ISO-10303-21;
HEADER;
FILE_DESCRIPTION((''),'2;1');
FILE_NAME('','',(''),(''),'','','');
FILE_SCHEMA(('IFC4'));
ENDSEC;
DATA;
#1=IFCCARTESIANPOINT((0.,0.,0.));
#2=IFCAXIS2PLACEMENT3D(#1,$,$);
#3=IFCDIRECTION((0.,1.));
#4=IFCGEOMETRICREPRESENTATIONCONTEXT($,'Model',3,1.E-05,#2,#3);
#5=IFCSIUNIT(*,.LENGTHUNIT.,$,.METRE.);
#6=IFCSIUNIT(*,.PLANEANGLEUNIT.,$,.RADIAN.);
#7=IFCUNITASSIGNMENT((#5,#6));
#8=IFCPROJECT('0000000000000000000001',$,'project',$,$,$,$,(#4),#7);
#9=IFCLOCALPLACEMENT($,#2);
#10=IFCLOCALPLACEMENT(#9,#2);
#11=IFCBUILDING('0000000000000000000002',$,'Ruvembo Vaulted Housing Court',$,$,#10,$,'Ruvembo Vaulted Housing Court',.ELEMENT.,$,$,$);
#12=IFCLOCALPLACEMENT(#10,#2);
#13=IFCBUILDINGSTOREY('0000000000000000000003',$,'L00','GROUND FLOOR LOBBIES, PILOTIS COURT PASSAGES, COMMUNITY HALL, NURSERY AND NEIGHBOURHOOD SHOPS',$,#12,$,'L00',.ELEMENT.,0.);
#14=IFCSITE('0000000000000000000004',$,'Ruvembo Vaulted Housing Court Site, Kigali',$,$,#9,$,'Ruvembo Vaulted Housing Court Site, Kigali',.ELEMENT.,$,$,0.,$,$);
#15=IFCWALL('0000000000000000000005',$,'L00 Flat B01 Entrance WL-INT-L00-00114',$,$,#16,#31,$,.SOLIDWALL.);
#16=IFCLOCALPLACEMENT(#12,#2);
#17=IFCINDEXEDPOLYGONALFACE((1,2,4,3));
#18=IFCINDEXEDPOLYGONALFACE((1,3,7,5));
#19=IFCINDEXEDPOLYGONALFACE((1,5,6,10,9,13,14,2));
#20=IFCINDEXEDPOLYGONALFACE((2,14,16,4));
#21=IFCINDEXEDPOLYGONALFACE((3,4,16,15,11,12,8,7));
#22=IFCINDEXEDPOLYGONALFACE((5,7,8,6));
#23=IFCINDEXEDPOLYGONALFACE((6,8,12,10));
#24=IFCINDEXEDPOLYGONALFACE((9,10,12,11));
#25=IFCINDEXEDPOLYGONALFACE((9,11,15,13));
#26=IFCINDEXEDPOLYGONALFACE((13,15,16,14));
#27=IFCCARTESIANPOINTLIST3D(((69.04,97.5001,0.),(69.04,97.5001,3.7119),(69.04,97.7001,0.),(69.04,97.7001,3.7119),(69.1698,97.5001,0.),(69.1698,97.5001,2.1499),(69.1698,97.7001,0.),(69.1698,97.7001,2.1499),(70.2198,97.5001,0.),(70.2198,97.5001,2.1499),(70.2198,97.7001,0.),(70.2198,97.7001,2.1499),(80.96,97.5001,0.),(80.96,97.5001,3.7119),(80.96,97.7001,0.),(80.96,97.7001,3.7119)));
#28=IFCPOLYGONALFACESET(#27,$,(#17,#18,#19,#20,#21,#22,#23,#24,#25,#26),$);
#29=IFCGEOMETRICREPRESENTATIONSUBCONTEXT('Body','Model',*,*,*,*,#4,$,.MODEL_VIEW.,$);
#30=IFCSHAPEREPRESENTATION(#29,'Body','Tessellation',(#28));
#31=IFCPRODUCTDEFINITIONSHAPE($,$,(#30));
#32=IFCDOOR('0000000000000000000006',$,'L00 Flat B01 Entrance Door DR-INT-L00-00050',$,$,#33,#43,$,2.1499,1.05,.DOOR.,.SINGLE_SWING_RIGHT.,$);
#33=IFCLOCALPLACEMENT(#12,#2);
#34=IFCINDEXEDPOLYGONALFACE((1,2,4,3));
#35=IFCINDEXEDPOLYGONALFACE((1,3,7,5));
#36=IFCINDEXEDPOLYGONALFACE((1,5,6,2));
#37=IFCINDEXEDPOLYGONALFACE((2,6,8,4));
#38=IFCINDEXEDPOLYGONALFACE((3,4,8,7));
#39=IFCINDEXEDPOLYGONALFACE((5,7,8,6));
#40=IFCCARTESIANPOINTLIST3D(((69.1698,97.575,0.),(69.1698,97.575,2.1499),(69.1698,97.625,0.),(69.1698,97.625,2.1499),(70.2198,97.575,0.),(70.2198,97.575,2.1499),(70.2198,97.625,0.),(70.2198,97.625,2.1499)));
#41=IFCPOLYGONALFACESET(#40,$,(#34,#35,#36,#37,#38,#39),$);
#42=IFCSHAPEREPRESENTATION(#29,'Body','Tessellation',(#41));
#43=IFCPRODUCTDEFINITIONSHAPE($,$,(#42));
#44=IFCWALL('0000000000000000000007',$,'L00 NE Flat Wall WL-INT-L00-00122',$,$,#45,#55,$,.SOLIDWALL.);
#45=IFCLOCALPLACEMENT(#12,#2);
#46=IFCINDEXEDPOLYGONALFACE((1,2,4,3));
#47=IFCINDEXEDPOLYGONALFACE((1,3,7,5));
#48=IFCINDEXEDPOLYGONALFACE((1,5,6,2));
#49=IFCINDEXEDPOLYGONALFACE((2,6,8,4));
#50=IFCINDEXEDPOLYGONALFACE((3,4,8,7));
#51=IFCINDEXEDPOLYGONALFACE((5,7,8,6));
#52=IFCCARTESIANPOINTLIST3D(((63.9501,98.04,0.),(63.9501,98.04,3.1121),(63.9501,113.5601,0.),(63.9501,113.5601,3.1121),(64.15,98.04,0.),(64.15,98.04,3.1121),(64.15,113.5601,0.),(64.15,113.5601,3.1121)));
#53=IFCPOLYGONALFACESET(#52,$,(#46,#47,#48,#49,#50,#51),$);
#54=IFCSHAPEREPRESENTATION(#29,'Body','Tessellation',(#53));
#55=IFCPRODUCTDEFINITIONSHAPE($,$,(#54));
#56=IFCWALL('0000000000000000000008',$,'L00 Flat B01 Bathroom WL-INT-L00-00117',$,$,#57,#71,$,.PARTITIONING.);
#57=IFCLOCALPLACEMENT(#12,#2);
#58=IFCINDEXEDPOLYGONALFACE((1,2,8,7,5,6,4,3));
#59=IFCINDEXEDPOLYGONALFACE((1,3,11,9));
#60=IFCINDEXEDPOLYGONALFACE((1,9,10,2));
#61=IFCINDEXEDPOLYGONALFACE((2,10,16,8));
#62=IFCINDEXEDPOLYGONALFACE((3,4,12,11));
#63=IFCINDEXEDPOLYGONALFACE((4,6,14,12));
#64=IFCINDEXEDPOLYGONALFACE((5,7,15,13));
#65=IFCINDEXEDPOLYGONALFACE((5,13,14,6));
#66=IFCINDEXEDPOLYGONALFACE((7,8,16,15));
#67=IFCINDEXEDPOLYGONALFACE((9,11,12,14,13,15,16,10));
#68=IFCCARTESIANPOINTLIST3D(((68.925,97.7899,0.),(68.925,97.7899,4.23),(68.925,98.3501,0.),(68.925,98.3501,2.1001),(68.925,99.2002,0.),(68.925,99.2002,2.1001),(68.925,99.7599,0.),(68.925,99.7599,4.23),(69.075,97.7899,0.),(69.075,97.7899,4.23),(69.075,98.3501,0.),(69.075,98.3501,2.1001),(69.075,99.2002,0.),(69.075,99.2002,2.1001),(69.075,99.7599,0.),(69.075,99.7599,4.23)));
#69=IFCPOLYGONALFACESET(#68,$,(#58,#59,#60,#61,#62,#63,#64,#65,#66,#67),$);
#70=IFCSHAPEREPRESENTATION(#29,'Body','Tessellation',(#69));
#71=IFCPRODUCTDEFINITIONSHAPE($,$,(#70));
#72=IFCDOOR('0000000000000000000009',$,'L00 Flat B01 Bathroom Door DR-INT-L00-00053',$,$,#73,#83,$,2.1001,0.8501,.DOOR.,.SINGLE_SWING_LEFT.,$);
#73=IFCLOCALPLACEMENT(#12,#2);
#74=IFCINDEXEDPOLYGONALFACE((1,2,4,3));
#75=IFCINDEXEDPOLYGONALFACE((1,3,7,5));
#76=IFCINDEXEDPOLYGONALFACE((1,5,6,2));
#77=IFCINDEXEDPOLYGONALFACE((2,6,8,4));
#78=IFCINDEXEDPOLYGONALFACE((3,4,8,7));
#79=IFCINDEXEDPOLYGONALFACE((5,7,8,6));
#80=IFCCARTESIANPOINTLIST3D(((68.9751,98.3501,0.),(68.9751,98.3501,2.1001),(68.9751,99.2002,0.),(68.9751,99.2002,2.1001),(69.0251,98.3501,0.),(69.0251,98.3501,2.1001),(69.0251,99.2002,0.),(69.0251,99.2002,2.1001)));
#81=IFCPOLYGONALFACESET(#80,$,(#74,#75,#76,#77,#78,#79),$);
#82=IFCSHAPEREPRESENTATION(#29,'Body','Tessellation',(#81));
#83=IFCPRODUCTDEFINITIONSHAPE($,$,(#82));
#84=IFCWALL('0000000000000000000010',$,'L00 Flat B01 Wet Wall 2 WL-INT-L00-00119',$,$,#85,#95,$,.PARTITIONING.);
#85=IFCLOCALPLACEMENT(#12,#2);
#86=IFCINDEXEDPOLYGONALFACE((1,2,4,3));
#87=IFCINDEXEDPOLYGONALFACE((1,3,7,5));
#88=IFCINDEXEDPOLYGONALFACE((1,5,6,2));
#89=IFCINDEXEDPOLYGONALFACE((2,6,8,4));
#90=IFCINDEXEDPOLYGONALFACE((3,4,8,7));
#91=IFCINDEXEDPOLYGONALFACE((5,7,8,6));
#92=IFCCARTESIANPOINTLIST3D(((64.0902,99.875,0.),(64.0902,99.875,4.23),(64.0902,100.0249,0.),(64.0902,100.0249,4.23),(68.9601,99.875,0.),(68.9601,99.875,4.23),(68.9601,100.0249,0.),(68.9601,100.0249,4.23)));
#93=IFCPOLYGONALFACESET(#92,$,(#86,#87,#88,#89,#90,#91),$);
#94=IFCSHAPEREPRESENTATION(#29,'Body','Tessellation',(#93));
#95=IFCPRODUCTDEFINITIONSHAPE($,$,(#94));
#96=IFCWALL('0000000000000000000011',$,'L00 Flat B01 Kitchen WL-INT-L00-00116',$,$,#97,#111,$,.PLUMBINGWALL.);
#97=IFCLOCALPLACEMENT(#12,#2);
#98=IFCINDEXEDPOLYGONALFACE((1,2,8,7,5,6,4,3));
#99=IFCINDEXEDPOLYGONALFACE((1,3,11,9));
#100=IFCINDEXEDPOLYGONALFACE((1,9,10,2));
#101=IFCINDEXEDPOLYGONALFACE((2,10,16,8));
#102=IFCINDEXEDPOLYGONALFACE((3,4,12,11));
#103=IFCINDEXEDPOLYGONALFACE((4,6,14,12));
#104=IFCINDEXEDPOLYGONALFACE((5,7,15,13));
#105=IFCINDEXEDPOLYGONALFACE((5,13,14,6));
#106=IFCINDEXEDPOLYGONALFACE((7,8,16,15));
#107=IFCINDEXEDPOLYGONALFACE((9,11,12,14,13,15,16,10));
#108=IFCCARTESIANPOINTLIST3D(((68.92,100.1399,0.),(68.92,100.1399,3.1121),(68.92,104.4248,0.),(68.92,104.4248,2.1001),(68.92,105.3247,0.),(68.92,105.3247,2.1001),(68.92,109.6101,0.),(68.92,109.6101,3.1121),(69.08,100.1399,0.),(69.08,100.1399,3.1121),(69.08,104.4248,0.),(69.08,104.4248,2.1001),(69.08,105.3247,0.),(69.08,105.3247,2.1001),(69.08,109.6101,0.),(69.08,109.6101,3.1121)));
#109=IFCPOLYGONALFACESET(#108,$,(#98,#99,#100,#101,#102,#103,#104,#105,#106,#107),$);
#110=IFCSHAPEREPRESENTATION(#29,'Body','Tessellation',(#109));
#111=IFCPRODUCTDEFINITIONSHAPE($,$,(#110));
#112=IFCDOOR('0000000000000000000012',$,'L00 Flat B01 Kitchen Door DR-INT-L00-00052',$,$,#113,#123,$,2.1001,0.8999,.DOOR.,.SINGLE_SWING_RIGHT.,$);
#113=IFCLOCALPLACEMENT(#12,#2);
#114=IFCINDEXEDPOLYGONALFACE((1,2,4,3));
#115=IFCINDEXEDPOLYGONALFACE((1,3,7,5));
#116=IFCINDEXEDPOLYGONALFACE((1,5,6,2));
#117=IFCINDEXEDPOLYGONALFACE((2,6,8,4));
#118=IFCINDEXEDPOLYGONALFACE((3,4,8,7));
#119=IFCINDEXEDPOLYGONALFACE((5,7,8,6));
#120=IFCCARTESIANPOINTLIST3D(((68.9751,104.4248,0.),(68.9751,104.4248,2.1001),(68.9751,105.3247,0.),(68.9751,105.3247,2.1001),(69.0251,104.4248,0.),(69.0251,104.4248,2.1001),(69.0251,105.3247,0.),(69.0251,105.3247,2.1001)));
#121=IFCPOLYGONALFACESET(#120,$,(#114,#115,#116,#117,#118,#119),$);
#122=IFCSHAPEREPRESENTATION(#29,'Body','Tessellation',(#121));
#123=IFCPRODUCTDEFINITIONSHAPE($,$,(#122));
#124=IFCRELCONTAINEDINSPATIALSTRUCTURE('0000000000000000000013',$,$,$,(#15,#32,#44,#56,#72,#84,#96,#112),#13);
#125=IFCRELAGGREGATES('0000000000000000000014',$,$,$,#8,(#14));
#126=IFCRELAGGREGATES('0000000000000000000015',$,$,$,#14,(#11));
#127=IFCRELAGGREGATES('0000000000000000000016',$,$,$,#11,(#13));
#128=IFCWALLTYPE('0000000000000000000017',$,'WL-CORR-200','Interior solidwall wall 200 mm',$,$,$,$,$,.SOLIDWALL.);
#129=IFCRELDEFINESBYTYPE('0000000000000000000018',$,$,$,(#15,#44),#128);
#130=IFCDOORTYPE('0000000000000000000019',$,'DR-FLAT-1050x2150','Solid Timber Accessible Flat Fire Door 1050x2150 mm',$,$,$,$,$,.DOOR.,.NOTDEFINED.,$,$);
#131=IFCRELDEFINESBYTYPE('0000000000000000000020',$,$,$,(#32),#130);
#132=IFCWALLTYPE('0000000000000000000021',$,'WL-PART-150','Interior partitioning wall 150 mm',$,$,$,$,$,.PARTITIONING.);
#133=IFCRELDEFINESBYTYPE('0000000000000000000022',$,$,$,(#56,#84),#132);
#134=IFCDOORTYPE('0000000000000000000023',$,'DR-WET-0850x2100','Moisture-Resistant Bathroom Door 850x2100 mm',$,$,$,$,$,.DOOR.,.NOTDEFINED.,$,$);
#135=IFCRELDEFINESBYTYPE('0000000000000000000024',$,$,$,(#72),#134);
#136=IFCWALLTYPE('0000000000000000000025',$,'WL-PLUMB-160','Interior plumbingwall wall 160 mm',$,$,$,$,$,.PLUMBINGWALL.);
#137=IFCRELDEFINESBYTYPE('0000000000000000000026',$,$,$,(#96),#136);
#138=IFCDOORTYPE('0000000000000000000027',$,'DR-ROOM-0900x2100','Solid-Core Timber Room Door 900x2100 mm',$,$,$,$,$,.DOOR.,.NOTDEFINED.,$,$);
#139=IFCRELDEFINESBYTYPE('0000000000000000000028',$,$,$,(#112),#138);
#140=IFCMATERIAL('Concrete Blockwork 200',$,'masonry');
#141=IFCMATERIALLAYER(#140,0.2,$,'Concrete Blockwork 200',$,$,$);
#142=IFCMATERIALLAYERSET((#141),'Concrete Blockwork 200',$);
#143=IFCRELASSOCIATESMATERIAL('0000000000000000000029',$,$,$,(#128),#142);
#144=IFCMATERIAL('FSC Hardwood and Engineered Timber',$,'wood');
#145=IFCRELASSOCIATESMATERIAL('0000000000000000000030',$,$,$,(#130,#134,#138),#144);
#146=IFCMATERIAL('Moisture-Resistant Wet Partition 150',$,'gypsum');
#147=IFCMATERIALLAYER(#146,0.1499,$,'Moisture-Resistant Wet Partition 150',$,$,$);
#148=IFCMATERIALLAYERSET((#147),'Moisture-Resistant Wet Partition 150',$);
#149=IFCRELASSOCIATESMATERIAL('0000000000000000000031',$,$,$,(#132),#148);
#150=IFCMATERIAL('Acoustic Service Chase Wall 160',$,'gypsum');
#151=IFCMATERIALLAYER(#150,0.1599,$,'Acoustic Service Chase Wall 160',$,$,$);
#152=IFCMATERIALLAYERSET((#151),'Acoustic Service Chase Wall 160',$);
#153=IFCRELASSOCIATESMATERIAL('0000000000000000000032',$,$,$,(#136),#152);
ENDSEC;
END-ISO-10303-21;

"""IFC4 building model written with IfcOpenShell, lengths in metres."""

from ifc_helpers import new_model, si_unit, direction, frame, frame_2d, origin, place, context, subcontext, project, spatial, rectangle, extrude, material, layer, layer_set, type_object, element, fill, save


model = new_model("IFC4")

# Units and contexts
model_context = context("Model", 3, precision=1e-05, world=origin(), true_north=direction((0.0, 1.0)))
body_context = subcontext(model_context, "Body", "Model", "MODEL_VIEW")
ifc_project = project(units=[si_unit("LENGTHUNIT", "METRE"), si_unit("PLANEANGLEUNIT", "RADIAN")], contexts=[model_context])

# Site, building, storey
site_placement = place(None, origin())
site = spatial("IfcSite", under=ifc_project, at=site_placement, Name="Ruvembo Vaulted Housing Court Site, Kigali", LongName="Ruvembo Vaulted Housing Court Site, Kigali", CompositionType="ELEMENT", RefElevation=0.0)
building_placement = place(site_placement, origin())
building = spatial("IfcBuilding", under=site, at=building_placement, Name="Ruvembo Vaulted Housing Court", LongName="Ruvembo Vaulted Housing Court", CompositionType="ELEMENT")
storey_placement = place(building_placement, origin())
storey = spatial("IfcBuildingStorey", under=building, at=storey_placement, Name="L00", Description="GROUND FLOOR LOBBIES, PILOTIS COURT PASSAGES, COMMUNITY HALL, NURSERY AND NEIGHBOURHOOD SHOPS", LongName="L00", CompositionType="ELEMENT", Elevation=0.0)

# Shared definitions
ifc_material_1 = material(Name="Concrete Blockwork 200", Category="masonry")
ifc_layer_1 = layer(ifc_material_1, 0.2, Name="Concrete Blockwork 200")
ifc_layer_set_1 = layer_set([ifc_layer_1], Name="Concrete Blockwork 200")
wall_type_1 = type_object("IfcWallType", Name="WL-CORR-200", Description="Interior solidwall wall 200 mm", PredefinedType="SOLIDWALL", material=ifc_layer_set_1)
ifc_material_2 = material(Name="FSC Hardwood and Engineered Timber", Category="wood")

# Wall, opening, door
wall_1_placement = place(storey_placement, frame((69.04, 97.6001, 0.0), z_axis=(0.0, 0.0, 1.0), x_axis=(1.0, 0.0, 0.0)))
wall_1 = element("IfcWall", 1, at=wall_1_placement, inside=storey, type_object=wall_type_1, Name="L00 Flat B01 Entrance WL-INT-L00-00114", PredefinedType="SOLIDWALL", context=body_context, shape_type="SweptSolid", body=[
    extrude(rectangle(XDim=11.9199, YDim=0.2, at=frame_2d((5.96, 0.0))), origin(), (0.0, 0.0, 1.0), 3.7119),
])
opening_1_placement = place(wall_1_placement, frame((0.1299, 0.0, 0.0)))
opening_1 = element("IfcOpeningElement", 2, at=opening_1_placement, cuts=wall_1, PredefinedType="OPENING", context=body_context, shape_type="SweptSolid", body=[
    extrude(rectangle(XDim=1.05, YDim=2.1499, at=frame_2d((0.5249, 1.075))), frame((0.0, 0.1099, 0.0), z_axis=(0.0, -1.0, 0.0), x_axis=(1.0, 0.0, 0.0)), (0.0, 0.0, 1.0), 0.22),
])
door_type_1 = type_object("IfcDoorType", Name="DR-FLAT-1050x2150", Description="Solid Timber Accessible Flat Fire Door 1050x2150 mm", OperationType="NOTDEFINED", PredefinedType="DOOR", material=ifc_material_2)
door_1_placement = place(opening_1_placement, origin())
door_1 = element("IfcDoor", 3, at=door_1_placement, inside=storey, type_object=door_type_1, Name="L00 Flat B01 Entrance Door DR-INT-L00-00050", OperationType="SINGLE_SWING_RIGHT", OverallHeight=2.1499, OverallWidth=1.05, PredefinedType="DOOR", context=body_context, shape_type="SweptSolid", body=[
    extrude(rectangle(XDim=1.05, YDim=2.1499, at=frame_2d((0.5249, 1.075))), frame((0.0, 0.0249, 0.0), z_axis=(0.0, -1.0, 0.0), x_axis=(1.0, 0.0, 0.0)), (0.0, 0.0, 1.0), 0.05),
])
fill(opening_1, door_1)

# Wall
wall_2_placement = place(storey_placement, frame((64.05, 98.04, 0.0), z_axis=(0.0, 0.0, 1.0), x_axis=(0.0, 1.0, 0.0)))
element("IfcWall", 4, at=wall_2_placement, inside=storey, type_object=wall_type_1, Name="L00 NE Flat Wall WL-INT-L00-00122", PredefinedType="SOLIDWALL", context=body_context, shape_type="SweptSolid", body=[
    extrude(rectangle(XDim=15.52, YDim=0.2, at=frame_2d((7.76, 0.0))), origin(), (0.0, 0.0, 1.0), 3.1121),
])

# Wall, opening, door
ifc_material_3 = material(Name="Moisture-Resistant Wet Partition 150", Category="gypsum")
ifc_layer_2 = layer(ifc_material_3, 0.1499, Name="Moisture-Resistant Wet Partition 150")
ifc_layer_set_2 = layer_set([ifc_layer_2], Name="Moisture-Resistant Wet Partition 150")
wall_type_2 = type_object("IfcWallType", Name="WL-PART-150", Description="Interior partitioning wall 150 mm", PredefinedType="PARTITIONING", material=ifc_layer_set_2)
wall_3_placement = place(storey_placement, frame((69.0, 97.79, 0.0), z_axis=(0.0, 0.0, 1.0), x_axis=(0.0, 1.0, 0.0)))
wall_3 = element("IfcWall", 5, at=wall_3_placement, inside=storey, type_object=wall_type_2, Name="L00 Flat B01 Bathroom WL-INT-L00-00117", PredefinedType="PARTITIONING", context=body_context, shape_type="SweptSolid", body=[
    extrude(rectangle(XDim=1.97, YDim=0.1499, at=frame_2d((0.9849, 0.0))), origin(), (0.0, 0.0, 1.0), 4.23),
])
opening_2_placement = place(wall_3_placement, frame((0.5601, 0.0, 0.0)))
opening_2 = element("IfcOpeningElement", 6, at=opening_2_placement, cuts=wall_3, PredefinedType="OPENING", context=body_context, shape_type="SweptSolid", body=[
    extrude(rectangle(XDim=0.8501, YDim=2.1001, at=frame_2d((0.425, 1.05))), frame((0.0, 0.085, 0.0), z_axis=(0.0, -1.0, 0.0), x_axis=(1.0, 0.0, 0.0)), (0.0, 0.0, 1.0), 0.1699),
])
door_type_2 = type_object("IfcDoorType", Name="DR-WET-0850x2100", Description="Moisture-Resistant Bathroom Door 850x2100 mm", OperationType="NOTDEFINED", PredefinedType="DOOR", material=ifc_material_2)
door_2_placement = place(opening_2_placement, origin())
door_2 = element("IfcDoor", 7, at=door_2_placement, inside=storey, type_object=door_type_2, Name="L00 Flat B01 Bathroom Door DR-INT-L00-00053", OperationType="SINGLE_SWING_LEFT", OverallHeight=2.1001, OverallWidth=0.8501, PredefinedType="DOOR", context=body_context, shape_type="SweptSolid", body=[
    extrude(rectangle(XDim=0.8501, YDim=2.1001, at=frame_2d((0.425, 1.05))), frame((0.0, 0.0249, 0.0), z_axis=(0.0, -1.0, 0.0), x_axis=(1.0, 0.0, 0.0)), (0.0, 0.0, 1.0), 0.05),
])
fill(opening_2, door_2)

# Wall
wall_4_placement = place(storey_placement, frame((64.0901, 99.95, 0.0), z_axis=(0.0, 0.0, 1.0), x_axis=(1.0, 0.0, 0.0)))
element("IfcWall", 8, at=wall_4_placement, inside=storey, type_object=wall_type_2, Name="L00 Flat B01 Wet Wall 2 WL-INT-L00-00119", PredefinedType="PARTITIONING", context=body_context, shape_type="SweptSolid", body=[
    extrude(rectangle(XDim=4.8699, YDim=0.1499, at=frame_2d((2.4351, 0.0))), origin(), (0.0, 0.0, 1.0), 4.23),
])

# Wall, opening, door
ifc_material_4 = material(Name="Acoustic Service Chase Wall 160", Category="gypsum")
ifc_layer_3 = layer(ifc_material_4, 0.1599, Name="Acoustic Service Chase Wall 160")
ifc_layer_set_3 = layer_set([ifc_layer_3], Name="Acoustic Service Chase Wall 160")
wall_type_3 = type_object("IfcWallType", Name="WL-PLUMB-160", Description="Interior plumbingwall wall 160 mm", PredefinedType="PLUMBINGWALL", material=ifc_layer_set_3)
wall_5_placement = place(storey_placement, frame((69.0, 100.1399, 0.0), z_axis=(0.0, 0.0, 1.0), x_axis=(0.0, 1.0, 0.0)))
wall_5 = element("IfcWall", 9, at=wall_5_placement, inside=storey, type_object=wall_type_3, Name="L00 Flat B01 Kitchen WL-INT-L00-00116", PredefinedType="PLUMBINGWALL", context=body_context, shape_type="SweptSolid", body=[
    extrude(rectangle(XDim=9.4702, YDim=0.1599, at=frame_2d((4.7351, 0.0))), origin(), (0.0, 0.0, 1.0), 3.1121),
])
opening_3_placement = place(wall_5_placement, frame((4.2849, 0.0, 0.0)))
opening_3 = element("IfcOpeningElement", 10, at=opening_3_placement, cuts=wall_5, PredefinedType="OPENING", context=body_context, shape_type="SweptSolid", body=[
    extrude(rectangle(XDim=0.8999, YDim=2.1001, at=frame_2d((0.45, 1.05))), frame((0.0, 0.0898, 0.0), z_axis=(0.0, -1.0, 0.0), x_axis=(1.0, 0.0, 0.0)), (0.0, 0.0, 1.0), 0.1799),
])
door_type_3 = type_object("IfcDoorType", Name="DR-ROOM-0900x2100", Description="Solid-Core Timber Room Door 900x2100 mm", OperationType="NOTDEFINED", PredefinedType="DOOR", material=ifc_material_2)
door_3_placement = place(opening_3_placement, origin())
door_3 = element("IfcDoor", 11, at=door_3_placement, inside=storey, type_object=door_type_3, Name="L00 Flat B01 Kitchen Door DR-INT-L00-00052", OperationType="SINGLE_SWING_RIGHT", OverallHeight=2.1001, OverallWidth=0.8999, PredefinedType="DOOR", context=body_context, shape_type="SweptSolid", body=[
    extrude(rectangle(XDim=0.8999, YDim=2.1001, at=frame_2d((0.45, 1.05))), frame((0.0, 0.0249, 0.0), z_axis=(0.0, -1.0, 0.0), x_axis=(1.0, 0.0, 0.0)), (0.0, 0.0, 1.0), 0.05),
])
fill(opening_3, door_3)

save(model, "model.ifc")
